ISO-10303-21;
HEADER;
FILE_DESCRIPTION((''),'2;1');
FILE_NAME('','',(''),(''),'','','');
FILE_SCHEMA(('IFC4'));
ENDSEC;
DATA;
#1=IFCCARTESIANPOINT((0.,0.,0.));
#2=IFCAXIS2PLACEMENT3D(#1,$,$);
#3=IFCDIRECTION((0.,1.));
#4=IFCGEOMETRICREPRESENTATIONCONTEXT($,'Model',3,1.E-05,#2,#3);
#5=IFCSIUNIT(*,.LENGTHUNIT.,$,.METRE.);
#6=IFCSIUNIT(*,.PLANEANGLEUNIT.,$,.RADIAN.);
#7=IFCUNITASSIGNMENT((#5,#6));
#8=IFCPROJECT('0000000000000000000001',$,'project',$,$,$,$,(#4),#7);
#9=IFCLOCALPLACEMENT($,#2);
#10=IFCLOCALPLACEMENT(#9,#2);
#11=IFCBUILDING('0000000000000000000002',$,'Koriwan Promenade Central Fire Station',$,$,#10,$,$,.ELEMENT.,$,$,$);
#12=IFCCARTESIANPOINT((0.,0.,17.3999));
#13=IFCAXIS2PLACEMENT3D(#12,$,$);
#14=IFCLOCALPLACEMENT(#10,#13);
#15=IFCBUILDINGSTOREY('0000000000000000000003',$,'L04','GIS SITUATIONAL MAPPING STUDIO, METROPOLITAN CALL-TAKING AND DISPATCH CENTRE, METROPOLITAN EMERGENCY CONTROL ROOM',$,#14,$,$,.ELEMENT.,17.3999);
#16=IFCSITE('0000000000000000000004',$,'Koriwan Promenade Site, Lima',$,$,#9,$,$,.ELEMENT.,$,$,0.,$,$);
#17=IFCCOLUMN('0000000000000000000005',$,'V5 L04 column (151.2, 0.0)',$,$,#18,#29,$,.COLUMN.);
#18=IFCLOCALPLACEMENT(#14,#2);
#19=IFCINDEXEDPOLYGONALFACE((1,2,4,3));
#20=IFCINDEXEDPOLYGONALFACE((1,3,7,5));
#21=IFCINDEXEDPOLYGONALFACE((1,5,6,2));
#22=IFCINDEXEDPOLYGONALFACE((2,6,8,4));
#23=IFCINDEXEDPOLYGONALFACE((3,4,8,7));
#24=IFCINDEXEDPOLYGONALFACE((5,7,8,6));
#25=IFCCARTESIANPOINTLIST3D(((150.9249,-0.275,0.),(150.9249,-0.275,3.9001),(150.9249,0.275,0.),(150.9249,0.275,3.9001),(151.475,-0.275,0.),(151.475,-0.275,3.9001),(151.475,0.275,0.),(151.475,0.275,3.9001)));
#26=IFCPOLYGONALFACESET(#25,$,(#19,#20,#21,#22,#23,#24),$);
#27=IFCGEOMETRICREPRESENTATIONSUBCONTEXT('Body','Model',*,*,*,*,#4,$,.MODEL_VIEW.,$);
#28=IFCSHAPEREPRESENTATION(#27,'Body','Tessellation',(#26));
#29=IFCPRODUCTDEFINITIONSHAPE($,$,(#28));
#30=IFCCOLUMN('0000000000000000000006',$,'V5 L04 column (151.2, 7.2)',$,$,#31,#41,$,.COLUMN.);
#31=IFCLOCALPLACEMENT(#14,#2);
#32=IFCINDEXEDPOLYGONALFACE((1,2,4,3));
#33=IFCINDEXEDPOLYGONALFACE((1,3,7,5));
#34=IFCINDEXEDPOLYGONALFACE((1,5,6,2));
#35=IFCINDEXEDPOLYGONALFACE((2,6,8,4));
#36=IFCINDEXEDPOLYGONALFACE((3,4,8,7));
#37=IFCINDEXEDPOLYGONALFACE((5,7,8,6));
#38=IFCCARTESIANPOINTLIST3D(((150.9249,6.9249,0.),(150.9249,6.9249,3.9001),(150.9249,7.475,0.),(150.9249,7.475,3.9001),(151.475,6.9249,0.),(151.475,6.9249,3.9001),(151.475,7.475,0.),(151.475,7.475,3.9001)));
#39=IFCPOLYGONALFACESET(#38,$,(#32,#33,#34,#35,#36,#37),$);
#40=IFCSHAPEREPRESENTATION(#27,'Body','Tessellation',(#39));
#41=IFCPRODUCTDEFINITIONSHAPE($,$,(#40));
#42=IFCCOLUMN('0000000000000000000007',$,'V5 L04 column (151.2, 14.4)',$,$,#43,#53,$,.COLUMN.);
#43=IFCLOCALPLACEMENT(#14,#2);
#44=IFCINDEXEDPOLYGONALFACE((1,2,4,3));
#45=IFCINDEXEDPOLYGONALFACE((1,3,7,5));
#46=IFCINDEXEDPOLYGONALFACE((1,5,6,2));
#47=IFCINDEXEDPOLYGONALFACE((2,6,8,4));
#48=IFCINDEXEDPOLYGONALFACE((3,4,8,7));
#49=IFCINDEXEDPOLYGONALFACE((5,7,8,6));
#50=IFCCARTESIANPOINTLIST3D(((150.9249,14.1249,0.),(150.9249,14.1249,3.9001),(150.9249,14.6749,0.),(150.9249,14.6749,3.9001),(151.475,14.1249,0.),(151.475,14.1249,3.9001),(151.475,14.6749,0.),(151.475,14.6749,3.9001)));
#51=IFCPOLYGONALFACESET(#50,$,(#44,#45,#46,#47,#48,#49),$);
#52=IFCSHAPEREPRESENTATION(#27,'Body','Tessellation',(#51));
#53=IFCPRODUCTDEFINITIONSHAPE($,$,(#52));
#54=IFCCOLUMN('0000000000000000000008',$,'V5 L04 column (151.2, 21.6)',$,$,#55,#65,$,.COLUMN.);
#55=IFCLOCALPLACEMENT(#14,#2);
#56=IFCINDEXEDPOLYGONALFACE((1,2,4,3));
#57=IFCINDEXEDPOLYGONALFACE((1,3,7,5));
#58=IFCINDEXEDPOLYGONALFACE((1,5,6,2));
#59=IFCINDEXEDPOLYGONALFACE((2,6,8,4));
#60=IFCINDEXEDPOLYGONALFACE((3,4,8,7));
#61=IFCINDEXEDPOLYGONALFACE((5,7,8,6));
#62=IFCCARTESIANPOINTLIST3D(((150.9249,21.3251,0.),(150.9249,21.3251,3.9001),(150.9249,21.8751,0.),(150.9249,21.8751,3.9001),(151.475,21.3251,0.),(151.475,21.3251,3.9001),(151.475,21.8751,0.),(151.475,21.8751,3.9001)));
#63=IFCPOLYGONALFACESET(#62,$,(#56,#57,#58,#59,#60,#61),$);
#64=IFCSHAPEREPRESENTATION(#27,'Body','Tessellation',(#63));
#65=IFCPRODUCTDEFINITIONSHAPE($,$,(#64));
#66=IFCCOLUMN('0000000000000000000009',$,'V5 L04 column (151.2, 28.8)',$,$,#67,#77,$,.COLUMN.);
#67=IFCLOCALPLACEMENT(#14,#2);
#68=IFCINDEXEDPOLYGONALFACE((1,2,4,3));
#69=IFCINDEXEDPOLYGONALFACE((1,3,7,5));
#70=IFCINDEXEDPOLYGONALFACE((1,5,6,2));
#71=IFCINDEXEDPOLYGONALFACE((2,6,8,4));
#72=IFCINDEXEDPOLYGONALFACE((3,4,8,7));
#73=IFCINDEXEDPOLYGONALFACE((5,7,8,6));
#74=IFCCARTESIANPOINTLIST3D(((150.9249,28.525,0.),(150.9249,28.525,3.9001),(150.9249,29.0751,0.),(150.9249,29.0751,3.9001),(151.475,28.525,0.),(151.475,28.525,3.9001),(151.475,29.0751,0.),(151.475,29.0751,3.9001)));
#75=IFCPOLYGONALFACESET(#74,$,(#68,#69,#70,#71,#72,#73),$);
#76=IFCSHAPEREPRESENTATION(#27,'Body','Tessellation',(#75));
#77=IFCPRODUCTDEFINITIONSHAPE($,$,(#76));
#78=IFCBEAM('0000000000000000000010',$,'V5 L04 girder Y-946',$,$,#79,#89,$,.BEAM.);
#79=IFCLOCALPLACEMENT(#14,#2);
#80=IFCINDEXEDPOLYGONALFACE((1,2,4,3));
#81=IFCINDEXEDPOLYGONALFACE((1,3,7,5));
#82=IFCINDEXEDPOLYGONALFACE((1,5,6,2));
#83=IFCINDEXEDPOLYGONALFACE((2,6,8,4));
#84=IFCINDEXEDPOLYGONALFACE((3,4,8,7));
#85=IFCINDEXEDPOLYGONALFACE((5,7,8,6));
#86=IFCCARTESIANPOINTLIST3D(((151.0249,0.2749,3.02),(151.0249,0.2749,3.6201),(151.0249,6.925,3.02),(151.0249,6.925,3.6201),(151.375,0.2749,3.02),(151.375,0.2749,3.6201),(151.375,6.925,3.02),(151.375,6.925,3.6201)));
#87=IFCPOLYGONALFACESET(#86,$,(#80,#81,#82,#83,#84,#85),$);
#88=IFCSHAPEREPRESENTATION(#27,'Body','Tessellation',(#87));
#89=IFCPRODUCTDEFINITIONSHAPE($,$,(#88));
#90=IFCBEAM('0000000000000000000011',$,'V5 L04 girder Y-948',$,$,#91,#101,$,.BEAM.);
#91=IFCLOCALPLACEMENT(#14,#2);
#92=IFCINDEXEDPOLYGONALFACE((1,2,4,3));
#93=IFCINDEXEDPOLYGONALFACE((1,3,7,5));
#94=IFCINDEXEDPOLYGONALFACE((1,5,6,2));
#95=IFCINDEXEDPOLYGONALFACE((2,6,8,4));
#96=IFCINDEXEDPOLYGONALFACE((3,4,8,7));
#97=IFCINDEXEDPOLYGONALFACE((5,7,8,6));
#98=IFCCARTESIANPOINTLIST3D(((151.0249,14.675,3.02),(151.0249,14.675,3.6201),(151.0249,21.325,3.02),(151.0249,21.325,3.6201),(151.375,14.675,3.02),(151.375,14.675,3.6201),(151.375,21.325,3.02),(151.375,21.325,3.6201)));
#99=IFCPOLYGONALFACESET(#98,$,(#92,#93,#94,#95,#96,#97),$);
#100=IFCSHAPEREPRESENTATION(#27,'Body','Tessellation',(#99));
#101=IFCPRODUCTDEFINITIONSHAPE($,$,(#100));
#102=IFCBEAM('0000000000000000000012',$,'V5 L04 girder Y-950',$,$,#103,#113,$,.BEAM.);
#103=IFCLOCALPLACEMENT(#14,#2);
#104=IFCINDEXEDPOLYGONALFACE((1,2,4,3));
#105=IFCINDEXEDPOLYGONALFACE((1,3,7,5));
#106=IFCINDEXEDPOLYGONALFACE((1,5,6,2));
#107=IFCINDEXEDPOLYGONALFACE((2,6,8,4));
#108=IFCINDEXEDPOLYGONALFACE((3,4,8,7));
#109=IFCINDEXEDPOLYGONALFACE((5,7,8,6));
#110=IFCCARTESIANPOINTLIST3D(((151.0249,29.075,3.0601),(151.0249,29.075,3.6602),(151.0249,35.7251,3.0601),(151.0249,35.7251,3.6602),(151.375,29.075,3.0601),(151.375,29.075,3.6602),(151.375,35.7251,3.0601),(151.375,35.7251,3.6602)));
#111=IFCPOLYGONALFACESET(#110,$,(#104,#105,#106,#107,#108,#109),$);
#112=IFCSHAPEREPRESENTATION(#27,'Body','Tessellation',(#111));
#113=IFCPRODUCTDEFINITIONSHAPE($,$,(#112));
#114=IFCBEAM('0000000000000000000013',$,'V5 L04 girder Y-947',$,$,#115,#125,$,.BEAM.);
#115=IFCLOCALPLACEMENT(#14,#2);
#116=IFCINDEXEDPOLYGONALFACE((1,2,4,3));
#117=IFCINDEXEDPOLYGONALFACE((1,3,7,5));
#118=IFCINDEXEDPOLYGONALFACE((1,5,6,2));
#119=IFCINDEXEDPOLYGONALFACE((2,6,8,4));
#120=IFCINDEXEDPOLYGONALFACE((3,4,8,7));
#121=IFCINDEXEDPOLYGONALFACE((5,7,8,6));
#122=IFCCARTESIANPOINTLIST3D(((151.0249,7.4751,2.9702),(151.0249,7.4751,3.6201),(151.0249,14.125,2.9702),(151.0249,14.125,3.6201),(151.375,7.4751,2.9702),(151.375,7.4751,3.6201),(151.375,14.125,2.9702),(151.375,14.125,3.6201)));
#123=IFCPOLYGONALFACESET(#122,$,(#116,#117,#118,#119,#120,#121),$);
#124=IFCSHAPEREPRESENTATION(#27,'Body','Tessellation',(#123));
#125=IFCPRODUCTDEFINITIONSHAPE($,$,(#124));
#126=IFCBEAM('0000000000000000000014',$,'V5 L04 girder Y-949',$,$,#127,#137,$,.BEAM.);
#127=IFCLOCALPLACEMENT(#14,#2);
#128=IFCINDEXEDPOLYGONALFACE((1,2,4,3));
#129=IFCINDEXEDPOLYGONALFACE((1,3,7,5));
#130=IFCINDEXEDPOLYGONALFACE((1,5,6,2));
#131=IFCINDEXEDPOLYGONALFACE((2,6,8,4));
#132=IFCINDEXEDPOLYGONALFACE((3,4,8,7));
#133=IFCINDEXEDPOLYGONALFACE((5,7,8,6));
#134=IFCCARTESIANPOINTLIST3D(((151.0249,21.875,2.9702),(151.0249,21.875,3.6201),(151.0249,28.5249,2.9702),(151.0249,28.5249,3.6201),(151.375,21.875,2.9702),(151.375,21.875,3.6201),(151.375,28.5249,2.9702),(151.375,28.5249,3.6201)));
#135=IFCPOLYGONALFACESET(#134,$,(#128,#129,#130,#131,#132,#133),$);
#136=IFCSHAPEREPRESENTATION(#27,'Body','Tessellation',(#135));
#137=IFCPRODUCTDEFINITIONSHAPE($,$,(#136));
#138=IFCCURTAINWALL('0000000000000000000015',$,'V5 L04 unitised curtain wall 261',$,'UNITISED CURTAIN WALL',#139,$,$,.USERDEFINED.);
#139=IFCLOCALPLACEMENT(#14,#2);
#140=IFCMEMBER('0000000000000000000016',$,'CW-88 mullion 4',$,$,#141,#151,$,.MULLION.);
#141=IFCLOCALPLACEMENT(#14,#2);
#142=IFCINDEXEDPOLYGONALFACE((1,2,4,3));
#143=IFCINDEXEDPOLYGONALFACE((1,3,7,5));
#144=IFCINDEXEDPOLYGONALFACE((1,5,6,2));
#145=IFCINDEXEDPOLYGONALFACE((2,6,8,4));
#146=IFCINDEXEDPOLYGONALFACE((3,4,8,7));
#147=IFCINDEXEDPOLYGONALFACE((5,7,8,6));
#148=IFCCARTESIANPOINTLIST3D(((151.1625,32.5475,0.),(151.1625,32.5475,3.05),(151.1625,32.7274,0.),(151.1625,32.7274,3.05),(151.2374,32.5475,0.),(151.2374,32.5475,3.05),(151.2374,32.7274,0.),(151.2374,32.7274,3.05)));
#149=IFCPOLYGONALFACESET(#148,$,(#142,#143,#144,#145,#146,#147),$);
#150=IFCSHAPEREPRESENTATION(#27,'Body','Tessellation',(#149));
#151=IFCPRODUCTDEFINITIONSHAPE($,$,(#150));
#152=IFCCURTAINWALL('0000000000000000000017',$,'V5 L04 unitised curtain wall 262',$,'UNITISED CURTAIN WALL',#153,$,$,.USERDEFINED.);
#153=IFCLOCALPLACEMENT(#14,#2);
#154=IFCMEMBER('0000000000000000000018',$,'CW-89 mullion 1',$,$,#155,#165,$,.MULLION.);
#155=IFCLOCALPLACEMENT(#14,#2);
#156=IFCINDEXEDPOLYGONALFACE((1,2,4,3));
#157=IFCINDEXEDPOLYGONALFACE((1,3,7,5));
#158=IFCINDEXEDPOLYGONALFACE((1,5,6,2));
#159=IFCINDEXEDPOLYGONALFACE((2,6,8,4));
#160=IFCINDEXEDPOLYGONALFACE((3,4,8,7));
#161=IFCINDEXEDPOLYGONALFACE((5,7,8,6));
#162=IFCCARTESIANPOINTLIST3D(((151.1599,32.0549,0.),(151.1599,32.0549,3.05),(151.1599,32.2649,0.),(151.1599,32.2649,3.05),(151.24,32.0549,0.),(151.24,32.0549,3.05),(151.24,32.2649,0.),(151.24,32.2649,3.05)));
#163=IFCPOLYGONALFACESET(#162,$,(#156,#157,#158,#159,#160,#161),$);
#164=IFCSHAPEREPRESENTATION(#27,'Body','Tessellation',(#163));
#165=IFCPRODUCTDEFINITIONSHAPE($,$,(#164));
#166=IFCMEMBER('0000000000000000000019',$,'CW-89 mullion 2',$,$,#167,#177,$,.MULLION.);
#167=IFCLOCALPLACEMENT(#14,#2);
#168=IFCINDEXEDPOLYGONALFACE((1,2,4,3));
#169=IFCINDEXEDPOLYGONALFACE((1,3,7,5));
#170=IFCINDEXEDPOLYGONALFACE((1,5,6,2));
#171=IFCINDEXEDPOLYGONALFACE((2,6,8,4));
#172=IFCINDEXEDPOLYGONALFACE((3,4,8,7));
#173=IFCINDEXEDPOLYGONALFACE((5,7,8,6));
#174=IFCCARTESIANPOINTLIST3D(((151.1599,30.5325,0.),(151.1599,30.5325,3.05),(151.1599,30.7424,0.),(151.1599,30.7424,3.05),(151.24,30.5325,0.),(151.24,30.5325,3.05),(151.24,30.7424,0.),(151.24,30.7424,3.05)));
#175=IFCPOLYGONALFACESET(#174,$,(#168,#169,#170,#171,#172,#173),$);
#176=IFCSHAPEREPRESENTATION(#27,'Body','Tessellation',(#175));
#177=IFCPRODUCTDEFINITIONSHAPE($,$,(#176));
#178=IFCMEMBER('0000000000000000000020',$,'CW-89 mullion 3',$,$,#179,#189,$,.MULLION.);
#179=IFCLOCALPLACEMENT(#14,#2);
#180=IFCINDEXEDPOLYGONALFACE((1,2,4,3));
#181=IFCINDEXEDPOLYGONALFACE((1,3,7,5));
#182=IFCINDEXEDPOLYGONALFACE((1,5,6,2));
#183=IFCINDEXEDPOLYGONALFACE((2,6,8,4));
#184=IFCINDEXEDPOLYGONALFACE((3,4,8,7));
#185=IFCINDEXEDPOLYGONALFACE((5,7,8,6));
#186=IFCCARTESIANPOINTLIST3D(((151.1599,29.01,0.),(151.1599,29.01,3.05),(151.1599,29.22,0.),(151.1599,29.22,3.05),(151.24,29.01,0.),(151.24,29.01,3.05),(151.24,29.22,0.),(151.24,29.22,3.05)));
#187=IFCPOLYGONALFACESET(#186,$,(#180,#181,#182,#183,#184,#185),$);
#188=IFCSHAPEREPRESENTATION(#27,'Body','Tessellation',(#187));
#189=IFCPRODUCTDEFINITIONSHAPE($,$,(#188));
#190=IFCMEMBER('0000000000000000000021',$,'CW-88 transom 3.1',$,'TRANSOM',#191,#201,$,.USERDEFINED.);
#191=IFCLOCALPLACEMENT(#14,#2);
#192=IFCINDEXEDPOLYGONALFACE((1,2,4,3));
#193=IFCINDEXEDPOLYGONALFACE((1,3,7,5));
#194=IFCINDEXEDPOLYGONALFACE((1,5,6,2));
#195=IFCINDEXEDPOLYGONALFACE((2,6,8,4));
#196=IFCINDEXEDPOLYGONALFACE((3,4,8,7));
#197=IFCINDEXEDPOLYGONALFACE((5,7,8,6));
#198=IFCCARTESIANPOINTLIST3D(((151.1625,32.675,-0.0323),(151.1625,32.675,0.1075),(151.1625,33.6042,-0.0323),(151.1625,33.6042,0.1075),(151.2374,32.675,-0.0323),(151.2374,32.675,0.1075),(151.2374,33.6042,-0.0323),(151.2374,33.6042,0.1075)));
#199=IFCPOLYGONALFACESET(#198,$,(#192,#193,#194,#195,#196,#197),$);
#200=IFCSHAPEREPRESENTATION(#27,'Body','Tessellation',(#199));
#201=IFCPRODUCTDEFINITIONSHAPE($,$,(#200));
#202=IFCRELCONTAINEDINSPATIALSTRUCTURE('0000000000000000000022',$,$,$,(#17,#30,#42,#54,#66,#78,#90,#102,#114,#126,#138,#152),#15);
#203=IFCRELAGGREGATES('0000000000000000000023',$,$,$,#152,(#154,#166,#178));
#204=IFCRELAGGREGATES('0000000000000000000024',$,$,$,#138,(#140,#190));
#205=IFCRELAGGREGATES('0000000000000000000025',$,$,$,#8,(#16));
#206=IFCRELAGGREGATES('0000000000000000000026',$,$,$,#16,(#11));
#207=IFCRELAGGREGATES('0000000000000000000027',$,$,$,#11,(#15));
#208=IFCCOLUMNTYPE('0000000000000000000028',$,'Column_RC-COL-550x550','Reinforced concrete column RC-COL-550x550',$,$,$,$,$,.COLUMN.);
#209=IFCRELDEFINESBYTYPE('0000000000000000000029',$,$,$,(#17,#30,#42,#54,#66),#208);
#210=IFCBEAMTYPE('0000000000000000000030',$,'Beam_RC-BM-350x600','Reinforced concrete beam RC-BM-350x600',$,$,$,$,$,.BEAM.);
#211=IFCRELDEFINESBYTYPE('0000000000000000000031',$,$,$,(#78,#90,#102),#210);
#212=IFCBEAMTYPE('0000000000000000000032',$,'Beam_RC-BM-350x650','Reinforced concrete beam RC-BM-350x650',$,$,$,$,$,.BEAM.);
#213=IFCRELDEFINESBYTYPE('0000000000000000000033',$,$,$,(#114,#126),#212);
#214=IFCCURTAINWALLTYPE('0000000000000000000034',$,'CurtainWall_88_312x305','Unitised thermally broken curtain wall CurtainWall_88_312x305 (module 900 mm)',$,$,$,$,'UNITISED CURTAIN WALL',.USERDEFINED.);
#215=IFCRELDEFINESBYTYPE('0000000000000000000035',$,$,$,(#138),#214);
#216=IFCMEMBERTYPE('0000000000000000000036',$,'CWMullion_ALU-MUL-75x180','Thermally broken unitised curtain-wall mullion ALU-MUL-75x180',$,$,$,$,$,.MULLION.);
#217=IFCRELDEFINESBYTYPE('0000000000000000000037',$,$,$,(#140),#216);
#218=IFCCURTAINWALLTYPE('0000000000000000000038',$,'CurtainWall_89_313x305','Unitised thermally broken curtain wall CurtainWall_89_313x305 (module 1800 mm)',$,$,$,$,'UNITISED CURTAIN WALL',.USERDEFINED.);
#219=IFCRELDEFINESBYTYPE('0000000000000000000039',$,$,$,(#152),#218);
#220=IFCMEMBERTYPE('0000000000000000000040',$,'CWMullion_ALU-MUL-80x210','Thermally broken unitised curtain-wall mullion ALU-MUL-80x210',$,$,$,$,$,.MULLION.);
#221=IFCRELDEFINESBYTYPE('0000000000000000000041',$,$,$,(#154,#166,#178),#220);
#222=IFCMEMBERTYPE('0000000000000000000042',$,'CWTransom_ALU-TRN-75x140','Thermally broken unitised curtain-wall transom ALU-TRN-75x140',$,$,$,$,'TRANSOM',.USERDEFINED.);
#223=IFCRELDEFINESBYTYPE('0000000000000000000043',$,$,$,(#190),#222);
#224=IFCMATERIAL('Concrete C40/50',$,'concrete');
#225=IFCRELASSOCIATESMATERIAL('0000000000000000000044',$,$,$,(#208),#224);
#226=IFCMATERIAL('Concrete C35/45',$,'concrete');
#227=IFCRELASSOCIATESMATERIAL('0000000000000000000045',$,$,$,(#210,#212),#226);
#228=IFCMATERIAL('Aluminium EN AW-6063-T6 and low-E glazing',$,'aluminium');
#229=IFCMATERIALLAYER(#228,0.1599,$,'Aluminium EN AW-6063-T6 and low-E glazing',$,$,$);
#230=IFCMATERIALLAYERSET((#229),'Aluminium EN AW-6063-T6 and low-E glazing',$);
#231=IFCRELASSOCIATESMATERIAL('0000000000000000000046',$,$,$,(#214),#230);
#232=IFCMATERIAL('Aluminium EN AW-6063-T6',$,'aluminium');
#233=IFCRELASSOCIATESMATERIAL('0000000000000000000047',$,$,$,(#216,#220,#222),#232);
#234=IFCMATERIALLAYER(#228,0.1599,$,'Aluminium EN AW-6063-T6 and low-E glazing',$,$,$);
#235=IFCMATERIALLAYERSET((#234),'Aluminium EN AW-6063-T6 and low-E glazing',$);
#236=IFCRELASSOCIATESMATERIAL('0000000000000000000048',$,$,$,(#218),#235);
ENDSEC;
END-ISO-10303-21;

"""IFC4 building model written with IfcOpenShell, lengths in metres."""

from ifc_helpers import new_model, si_unit, direction, frame, origin, origin_2d, place, context, subcontext, project, spatial, rectangle, extrude, material, layer, layer_set, material_profile, profile_set, type_object, element, aggregate, save


model = new_model("IFC4")

# Units and contexts
model_context = context("Model", 3, precision=1e-05, world=origin(), true_north=direction((0.0, 1.0)))
body_context = subcontext(model_context, "Body", "Model", "MODEL_VIEW")
ifc_project = project(units=[si_unit("LENGTHUNIT", "METRE"), si_unit("PLANEANGLEUNIT", "RADIAN")], contexts=[model_context])

# Site, building, storey
site_placement = place(None, origin())
site = spatial("IfcSite", under=ifc_project, at=site_placement, Name="Koriwan Promenade Site, Lima", CompositionType="ELEMENT", RefElevation=0.0)
building_placement = place(site_placement, origin())
building = spatial("IfcBuilding", under=site, at=building_placement, Name="Koriwan Promenade Central Fire Station", CompositionType="ELEMENT")
storey_placement = place(building_placement, frame((0.0, 0.0, 17.3999)))
storey = spatial("IfcBuildingStorey", under=building, at=storey_placement, Name="L04", Description="GIS SITUATIONAL MAPPING STUDIO, METROPOLITAN CALL-TAKING AND DISPATCH CENTRE, METROPOLITAN EMERGENCY CONTROL ROOM", CompositionType="ELEMENT", Elevation=17.3999)

# Columns
ifc_material_1 = material(Name="Concrete C40/50", Category="concrete")
ifc_material_profile_1 = material_profile(ifc_material_1, rectangle(XDim=0.55, YDim=0.55, at=origin_2d()), Name="RC-COL-550x550")
ifc_profile_set_1 = profile_set([ifc_material_profile_1], Name="Concrete C40/50")
column_type = type_object("IfcColumnType", Name="Column_RC-COL-550x550", Description="Reinforced concrete column RC-COL-550x550", PredefinedType="COLUMN", material=ifc_profile_set_1)
for number, where, z_axis, x_axis, name in (
    (1, (151.2, 0.0, 0.0), (0.0, 0.0, 1.0), (1.0, 0.0, 0.0), "V5 L04 column (151.2, 0.0)"),
    (2, (151.2, 7.2, 0.0), (0.0, 0.0, 1.0), (1.0, 0.0, 0.0), "V5 L04 column (151.2, 7.2)"),
    (3, (151.2, 14.3999, 0.0), (0.0, 0.0, 1.0), (1.0, 0.0, 0.0), "V5 L04 column (151.2, 14.4)"),
    (4, (151.2, 21.6001, 0.0), (0.0, 0.0, 1.0), (1.0, 0.0, 0.0), "V5 L04 column (151.2, 21.6)"),
    (5, (151.2, 28.8, 0.0), (0.0, 0.0, 1.0), (1.0, 0.0, 0.0), "V5 L04 column (151.2, 28.8)"),
):
    element("IfcColumn", number, at=place(storey_placement, frame(where, z_axis=z_axis, x_axis=x_axis)), inside=storey, type_object=column_type, Name=name, PredefinedType="COLUMN", context=body_context, shape_type="SweptSolid", body=[
        extrude(rectangle(XDim=0.55, YDim=0.55, at=origin_2d()), origin(), (0.0, 0.0, 1.0), 3.9001),
    ])

# Beams
ifc_material_2 = material(Name="Concrete C35/45", Category="concrete")
ifc_material_profile_2 = material_profile(ifc_material_2, rectangle(XDim=0.3501, YDim=0.6001, at=origin_2d()), Name="RC-BM-350x600")
ifc_profile_set_2 = profile_set([ifc_material_profile_2], Name="Concrete C35/45")
beam_type_1 = type_object("IfcBeamType", Name="Beam_RC-BM-350x600", Description="Reinforced concrete beam RC-BM-350x600", PredefinedType="BEAM", material=ifc_profile_set_2)
beam_1_placement = place(storey_placement, frame((151.2, 0.2749, 3.3201), z_axis=(0.0, 1.0, 0.0), x_axis=(-1.0, 0.0, 0.0)))
element("IfcBeam", 6, at=beam_1_placement, inside=storey, type_object=beam_type_1, Name="V5 L04 girder Y-946", PredefinedType="BEAM", context=body_context, shape_type="SweptSolid", body=[
    extrude(rectangle(XDim=0.3501, YDim=0.6001, at=origin_2d()), origin(), (0.0, 0.0, 1.0), 6.6501),
])
beam_2_placement = place(storey_placement, frame((151.2, 14.675, 3.3201), z_axis=(0.0, 1.0, 0.0), x_axis=(-1.0, 0.0, 0.0)))
element("IfcBeam", 7, at=beam_2_placement, inside=storey, type_object=beam_type_1, Name="V5 L04 girder Y-948", PredefinedType="BEAM", context=body_context, shape_type="SweptSolid", body=[
    extrude(rectangle(XDim=0.3501, YDim=0.6001, at=origin_2d()), origin(), (0.0, 0.0, 1.0), 6.6499),
])
beam_3_placement = place(storey_placement, frame((151.2, 29.075, 3.3601), z_axis=(0.0, 1.0, 0.0), x_axis=(-1.0, 0.0, 0.0)))
element("IfcBeam", 8, at=beam_3_placement, inside=storey, type_object=beam_type_1, Name="V5 L04 girder Y-950", PredefinedType="BEAM", context=body_context, shape_type="SweptSolid", body=[
    extrude(rectangle(XDim=0.3501, YDim=0.6001, at=origin_2d()), origin(), (0.0, 0.0, 1.0), 6.6501),
])
ifc_material_profile_3 = material_profile(ifc_material_2, rectangle(XDim=0.3501, YDim=0.6499, at=origin_2d()), Name="RC-BM-350x650")
ifc_profile_set_3 = profile_set([ifc_material_profile_3], Name="Concrete C35/45")
beam_type_2 = type_object("IfcBeamType", Name="Beam_RC-BM-350x650", Description="Reinforced concrete beam RC-BM-350x650", PredefinedType="BEAM", material=ifc_profile_set_3)
for number, where, z_axis, x_axis, name in (
    (9, (151.2, 7.4751, 3.2952), (0.0, 1.0, 0.0), (-1.0, 0.0, 0.0), "V5 L04 girder Y-947"),
    (10, (151.2, 21.875, 3.2952), (0.0, 1.0, 0.0), (-1.0, 0.0, 0.0), "V5 L04 girder Y-949"),
):
    element("IfcBeam", number, at=place(storey_placement, frame(where, z_axis=z_axis, x_axis=x_axis)), inside=storey, type_object=beam_type_2, Name=name, PredefinedType="BEAM", context=body_context, shape_type="SweptSolid", body=[
        extrude(rectangle(XDim=0.3501, YDim=0.6499, at=origin_2d()), origin(), (0.0, 0.0, 1.0), 6.6499),
    ])

# Curtain wall, member
ifc_material_3 = material(Name="Aluminium EN AW-6063-T6 and low-E glazing", Category="aluminium")
ifc_layer_1 = layer(ifc_material_3, 0.1599, Name="Aluminium EN AW-6063-T6 and low-E glazing")
ifc_layer_set_1 = layer_set([ifc_layer_1], Name="Aluminium EN AW-6063-T6 and low-E glazing")
curtain_wall_type_1 = type_object("IfcCurtainWallType", Name="CurtainWall_88_312x305", Description="Unitised thermally broken curtain wall CurtainWall_88_312x305 (module 900 mm)", ElementType="UNITISED CURTAIN WALL", PredefinedType="USERDEFINED", material=ifc_layer_set_1)
curtain_wall_1_placement = place(storey_placement, origin())
curtain_wall_1 = element("IfcCurtainWall", 11, at=curtain_wall_1_placement, inside=storey, type_object=curtain_wall_type_1, Name="V5 L04 unitised curtain wall 261", ObjectType="UNITISED CURTAIN WALL", PredefinedType="USERDEFINED")
ifc_material_4 = material(Name="Aluminium EN AW-6063-T6", Category="aluminium")
ifc_material_profile_4 = material_profile(ifc_material_4, rectangle(XDim=0.075, YDim=0.1799, at=origin_2d()), Name="ALU-MUL-75x180")
ifc_profile_set_4 = profile_set([ifc_material_profile_4], Name="Aluminium EN AW-6063-T6")
member_type_1 = type_object("IfcMemberType", Name="CWMullion_ALU-MUL-75x180", Description="Thermally broken unitised curtain-wall mullion ALU-MUL-75x180", PredefinedType="MULLION", material=ifc_profile_set_4)
member_1_placement = place(storey_placement, frame((151.2, 32.6375, 0.0), z_axis=(0.0, 0.0, 1.0), x_axis=(1.0, 0.0, 0.0)))
member_1 = element("IfcMember", 12, at=member_1_placement, type_object=member_type_1, Name="CW-88 mullion 4", PredefinedType="MULLION", context=body_context, shape_type="SweptSolid", body=[
    extrude(rectangle(XDim=0.075, YDim=0.1799, at=origin_2d()), origin(), (0.0, 0.0, 1.0), 3.05),
])

# Curtain wall, members
ifc_layer_2 = layer(ifc_material_3, 0.1599, Name="Aluminium EN AW-6063-T6 and low-E glazing")
ifc_layer_set_2 = layer_set([ifc_layer_2], Name="Aluminium EN AW-6063-T6 and low-E glazing")
curtain_wall_type_2 = type_object("IfcCurtainWallType", Name="CurtainWall_89_313x305", Description="Unitised thermally broken curtain wall CurtainWall_89_313x305 (module 1800 mm)", ElementType="UNITISED CURTAIN WALL", PredefinedType="USERDEFINED", material=ifc_layer_set_2)
curtain_wall_2_placement = place(storey_placement, origin())
curtain_wall_2 = element("IfcCurtainWall", 13, at=curtain_wall_2_placement, inside=storey, type_object=curtain_wall_type_2, Name="V5 L04 unitised curtain wall 262", ObjectType="UNITISED CURTAIN WALL", PredefinedType="USERDEFINED")
ifc_material_profile_5 = material_profile(ifc_material_4, rectangle(XDim=0.0801, YDim=0.21, at=origin_2d()), Name="ALU-MUL-80x210")
ifc_profile_set_5 = profile_set([ifc_material_profile_5], Name="Aluminium EN AW-6063-T6")
member_type_2 = type_object("IfcMemberType", Name="CWMullion_ALU-MUL-80x210", Description="Thermally broken unitised curtain-wall mullion ALU-MUL-80x210", PredefinedType="MULLION", material=ifc_profile_set_5)
member_2_placement = place(storey_placement, frame((151.2, 32.1599, 0.0), z_axis=(0.0, 0.0, 1.0), x_axis=(1.0, 0.0, 0.0)))
member_2 = element("IfcMember", 14, at=member_2_placement, type_object=member_type_2, Name="CW-89 mullion 1", PredefinedType="MULLION", context=body_context, shape_type="SweptSolid", body=[
    extrude(rectangle(XDim=0.0801, YDim=0.21, at=origin_2d()), origin(), (0.0, 0.0, 1.0), 3.05),
])
member_3_placement = place(storey_placement, frame((151.2, 30.6375, 0.0), z_axis=(0.0, 0.0, 1.0), x_axis=(1.0, 0.0, 0.0)))
member_3 = element("IfcMember", 15, at=member_3_placement, type_object=member_type_2, Name="CW-89 mullion 2", PredefinedType="MULLION", context=body_context, shape_type="SweptSolid", body=[
    extrude(rectangle(XDim=0.0801, YDim=0.21, at=origin_2d()), origin(), (0.0, 0.0, 1.0), 3.05),
])
member_4_placement = place(storey_placement, frame((151.2, 29.115, 0.0), z_axis=(0.0, 0.0, 1.0), x_axis=(1.0, 0.0, 0.0)))
member_4 = element("IfcMember", 16, at=member_4_placement, type_object=member_type_2, Name="CW-89 mullion 3", PredefinedType="MULLION", context=body_context, shape_type="SweptSolid", body=[
    extrude(rectangle(XDim=0.0801, YDim=0.21, at=origin_2d()), origin(), (0.0, 0.0, 1.0), 3.05),
])

# Member
ifc_material_profile_6 = material_profile(ifc_material_4, rectangle(XDim=0.075, YDim=0.1399, at=origin_2d()), Name="ALU-TRN-75x140")
ifc_profile_set_6 = profile_set([ifc_material_profile_6], Name="Aluminium EN AW-6063-T6")
member_type_3 = type_object("IfcMemberType", Name="CWTransom_ALU-TRN-75x140", Description="Thermally broken unitised curtain-wall transom ALU-TRN-75x140", ElementType="TRANSOM", PredefinedType="USERDEFINED", material=ifc_profile_set_6)
member_5_placement = place(storey_placement, frame((151.2, 33.6042, 0.0376), z_axis=(0.0, -1.0, 0.0), x_axis=(1.0, 0.0, 0.0)))
member_5 = element("IfcMember", 17, at=member_5_placement, type_object=member_type_3, Name="CW-88 transom 3.1", ObjectType="TRANSOM", PredefinedType="USERDEFINED", context=body_context, shape_type="SweptSolid", body=[
    extrude(rectangle(XDim=0.075, YDim=0.1399, at=origin_2d()), origin(), (0.0, 0.0, 1.0), 0.9292),
])

aggregate(curtain_wall_2, [member_2, member_3, member_4])
aggregate(curtain_wall_1, [member_1, member_5])

save(model, "model.ifc")
